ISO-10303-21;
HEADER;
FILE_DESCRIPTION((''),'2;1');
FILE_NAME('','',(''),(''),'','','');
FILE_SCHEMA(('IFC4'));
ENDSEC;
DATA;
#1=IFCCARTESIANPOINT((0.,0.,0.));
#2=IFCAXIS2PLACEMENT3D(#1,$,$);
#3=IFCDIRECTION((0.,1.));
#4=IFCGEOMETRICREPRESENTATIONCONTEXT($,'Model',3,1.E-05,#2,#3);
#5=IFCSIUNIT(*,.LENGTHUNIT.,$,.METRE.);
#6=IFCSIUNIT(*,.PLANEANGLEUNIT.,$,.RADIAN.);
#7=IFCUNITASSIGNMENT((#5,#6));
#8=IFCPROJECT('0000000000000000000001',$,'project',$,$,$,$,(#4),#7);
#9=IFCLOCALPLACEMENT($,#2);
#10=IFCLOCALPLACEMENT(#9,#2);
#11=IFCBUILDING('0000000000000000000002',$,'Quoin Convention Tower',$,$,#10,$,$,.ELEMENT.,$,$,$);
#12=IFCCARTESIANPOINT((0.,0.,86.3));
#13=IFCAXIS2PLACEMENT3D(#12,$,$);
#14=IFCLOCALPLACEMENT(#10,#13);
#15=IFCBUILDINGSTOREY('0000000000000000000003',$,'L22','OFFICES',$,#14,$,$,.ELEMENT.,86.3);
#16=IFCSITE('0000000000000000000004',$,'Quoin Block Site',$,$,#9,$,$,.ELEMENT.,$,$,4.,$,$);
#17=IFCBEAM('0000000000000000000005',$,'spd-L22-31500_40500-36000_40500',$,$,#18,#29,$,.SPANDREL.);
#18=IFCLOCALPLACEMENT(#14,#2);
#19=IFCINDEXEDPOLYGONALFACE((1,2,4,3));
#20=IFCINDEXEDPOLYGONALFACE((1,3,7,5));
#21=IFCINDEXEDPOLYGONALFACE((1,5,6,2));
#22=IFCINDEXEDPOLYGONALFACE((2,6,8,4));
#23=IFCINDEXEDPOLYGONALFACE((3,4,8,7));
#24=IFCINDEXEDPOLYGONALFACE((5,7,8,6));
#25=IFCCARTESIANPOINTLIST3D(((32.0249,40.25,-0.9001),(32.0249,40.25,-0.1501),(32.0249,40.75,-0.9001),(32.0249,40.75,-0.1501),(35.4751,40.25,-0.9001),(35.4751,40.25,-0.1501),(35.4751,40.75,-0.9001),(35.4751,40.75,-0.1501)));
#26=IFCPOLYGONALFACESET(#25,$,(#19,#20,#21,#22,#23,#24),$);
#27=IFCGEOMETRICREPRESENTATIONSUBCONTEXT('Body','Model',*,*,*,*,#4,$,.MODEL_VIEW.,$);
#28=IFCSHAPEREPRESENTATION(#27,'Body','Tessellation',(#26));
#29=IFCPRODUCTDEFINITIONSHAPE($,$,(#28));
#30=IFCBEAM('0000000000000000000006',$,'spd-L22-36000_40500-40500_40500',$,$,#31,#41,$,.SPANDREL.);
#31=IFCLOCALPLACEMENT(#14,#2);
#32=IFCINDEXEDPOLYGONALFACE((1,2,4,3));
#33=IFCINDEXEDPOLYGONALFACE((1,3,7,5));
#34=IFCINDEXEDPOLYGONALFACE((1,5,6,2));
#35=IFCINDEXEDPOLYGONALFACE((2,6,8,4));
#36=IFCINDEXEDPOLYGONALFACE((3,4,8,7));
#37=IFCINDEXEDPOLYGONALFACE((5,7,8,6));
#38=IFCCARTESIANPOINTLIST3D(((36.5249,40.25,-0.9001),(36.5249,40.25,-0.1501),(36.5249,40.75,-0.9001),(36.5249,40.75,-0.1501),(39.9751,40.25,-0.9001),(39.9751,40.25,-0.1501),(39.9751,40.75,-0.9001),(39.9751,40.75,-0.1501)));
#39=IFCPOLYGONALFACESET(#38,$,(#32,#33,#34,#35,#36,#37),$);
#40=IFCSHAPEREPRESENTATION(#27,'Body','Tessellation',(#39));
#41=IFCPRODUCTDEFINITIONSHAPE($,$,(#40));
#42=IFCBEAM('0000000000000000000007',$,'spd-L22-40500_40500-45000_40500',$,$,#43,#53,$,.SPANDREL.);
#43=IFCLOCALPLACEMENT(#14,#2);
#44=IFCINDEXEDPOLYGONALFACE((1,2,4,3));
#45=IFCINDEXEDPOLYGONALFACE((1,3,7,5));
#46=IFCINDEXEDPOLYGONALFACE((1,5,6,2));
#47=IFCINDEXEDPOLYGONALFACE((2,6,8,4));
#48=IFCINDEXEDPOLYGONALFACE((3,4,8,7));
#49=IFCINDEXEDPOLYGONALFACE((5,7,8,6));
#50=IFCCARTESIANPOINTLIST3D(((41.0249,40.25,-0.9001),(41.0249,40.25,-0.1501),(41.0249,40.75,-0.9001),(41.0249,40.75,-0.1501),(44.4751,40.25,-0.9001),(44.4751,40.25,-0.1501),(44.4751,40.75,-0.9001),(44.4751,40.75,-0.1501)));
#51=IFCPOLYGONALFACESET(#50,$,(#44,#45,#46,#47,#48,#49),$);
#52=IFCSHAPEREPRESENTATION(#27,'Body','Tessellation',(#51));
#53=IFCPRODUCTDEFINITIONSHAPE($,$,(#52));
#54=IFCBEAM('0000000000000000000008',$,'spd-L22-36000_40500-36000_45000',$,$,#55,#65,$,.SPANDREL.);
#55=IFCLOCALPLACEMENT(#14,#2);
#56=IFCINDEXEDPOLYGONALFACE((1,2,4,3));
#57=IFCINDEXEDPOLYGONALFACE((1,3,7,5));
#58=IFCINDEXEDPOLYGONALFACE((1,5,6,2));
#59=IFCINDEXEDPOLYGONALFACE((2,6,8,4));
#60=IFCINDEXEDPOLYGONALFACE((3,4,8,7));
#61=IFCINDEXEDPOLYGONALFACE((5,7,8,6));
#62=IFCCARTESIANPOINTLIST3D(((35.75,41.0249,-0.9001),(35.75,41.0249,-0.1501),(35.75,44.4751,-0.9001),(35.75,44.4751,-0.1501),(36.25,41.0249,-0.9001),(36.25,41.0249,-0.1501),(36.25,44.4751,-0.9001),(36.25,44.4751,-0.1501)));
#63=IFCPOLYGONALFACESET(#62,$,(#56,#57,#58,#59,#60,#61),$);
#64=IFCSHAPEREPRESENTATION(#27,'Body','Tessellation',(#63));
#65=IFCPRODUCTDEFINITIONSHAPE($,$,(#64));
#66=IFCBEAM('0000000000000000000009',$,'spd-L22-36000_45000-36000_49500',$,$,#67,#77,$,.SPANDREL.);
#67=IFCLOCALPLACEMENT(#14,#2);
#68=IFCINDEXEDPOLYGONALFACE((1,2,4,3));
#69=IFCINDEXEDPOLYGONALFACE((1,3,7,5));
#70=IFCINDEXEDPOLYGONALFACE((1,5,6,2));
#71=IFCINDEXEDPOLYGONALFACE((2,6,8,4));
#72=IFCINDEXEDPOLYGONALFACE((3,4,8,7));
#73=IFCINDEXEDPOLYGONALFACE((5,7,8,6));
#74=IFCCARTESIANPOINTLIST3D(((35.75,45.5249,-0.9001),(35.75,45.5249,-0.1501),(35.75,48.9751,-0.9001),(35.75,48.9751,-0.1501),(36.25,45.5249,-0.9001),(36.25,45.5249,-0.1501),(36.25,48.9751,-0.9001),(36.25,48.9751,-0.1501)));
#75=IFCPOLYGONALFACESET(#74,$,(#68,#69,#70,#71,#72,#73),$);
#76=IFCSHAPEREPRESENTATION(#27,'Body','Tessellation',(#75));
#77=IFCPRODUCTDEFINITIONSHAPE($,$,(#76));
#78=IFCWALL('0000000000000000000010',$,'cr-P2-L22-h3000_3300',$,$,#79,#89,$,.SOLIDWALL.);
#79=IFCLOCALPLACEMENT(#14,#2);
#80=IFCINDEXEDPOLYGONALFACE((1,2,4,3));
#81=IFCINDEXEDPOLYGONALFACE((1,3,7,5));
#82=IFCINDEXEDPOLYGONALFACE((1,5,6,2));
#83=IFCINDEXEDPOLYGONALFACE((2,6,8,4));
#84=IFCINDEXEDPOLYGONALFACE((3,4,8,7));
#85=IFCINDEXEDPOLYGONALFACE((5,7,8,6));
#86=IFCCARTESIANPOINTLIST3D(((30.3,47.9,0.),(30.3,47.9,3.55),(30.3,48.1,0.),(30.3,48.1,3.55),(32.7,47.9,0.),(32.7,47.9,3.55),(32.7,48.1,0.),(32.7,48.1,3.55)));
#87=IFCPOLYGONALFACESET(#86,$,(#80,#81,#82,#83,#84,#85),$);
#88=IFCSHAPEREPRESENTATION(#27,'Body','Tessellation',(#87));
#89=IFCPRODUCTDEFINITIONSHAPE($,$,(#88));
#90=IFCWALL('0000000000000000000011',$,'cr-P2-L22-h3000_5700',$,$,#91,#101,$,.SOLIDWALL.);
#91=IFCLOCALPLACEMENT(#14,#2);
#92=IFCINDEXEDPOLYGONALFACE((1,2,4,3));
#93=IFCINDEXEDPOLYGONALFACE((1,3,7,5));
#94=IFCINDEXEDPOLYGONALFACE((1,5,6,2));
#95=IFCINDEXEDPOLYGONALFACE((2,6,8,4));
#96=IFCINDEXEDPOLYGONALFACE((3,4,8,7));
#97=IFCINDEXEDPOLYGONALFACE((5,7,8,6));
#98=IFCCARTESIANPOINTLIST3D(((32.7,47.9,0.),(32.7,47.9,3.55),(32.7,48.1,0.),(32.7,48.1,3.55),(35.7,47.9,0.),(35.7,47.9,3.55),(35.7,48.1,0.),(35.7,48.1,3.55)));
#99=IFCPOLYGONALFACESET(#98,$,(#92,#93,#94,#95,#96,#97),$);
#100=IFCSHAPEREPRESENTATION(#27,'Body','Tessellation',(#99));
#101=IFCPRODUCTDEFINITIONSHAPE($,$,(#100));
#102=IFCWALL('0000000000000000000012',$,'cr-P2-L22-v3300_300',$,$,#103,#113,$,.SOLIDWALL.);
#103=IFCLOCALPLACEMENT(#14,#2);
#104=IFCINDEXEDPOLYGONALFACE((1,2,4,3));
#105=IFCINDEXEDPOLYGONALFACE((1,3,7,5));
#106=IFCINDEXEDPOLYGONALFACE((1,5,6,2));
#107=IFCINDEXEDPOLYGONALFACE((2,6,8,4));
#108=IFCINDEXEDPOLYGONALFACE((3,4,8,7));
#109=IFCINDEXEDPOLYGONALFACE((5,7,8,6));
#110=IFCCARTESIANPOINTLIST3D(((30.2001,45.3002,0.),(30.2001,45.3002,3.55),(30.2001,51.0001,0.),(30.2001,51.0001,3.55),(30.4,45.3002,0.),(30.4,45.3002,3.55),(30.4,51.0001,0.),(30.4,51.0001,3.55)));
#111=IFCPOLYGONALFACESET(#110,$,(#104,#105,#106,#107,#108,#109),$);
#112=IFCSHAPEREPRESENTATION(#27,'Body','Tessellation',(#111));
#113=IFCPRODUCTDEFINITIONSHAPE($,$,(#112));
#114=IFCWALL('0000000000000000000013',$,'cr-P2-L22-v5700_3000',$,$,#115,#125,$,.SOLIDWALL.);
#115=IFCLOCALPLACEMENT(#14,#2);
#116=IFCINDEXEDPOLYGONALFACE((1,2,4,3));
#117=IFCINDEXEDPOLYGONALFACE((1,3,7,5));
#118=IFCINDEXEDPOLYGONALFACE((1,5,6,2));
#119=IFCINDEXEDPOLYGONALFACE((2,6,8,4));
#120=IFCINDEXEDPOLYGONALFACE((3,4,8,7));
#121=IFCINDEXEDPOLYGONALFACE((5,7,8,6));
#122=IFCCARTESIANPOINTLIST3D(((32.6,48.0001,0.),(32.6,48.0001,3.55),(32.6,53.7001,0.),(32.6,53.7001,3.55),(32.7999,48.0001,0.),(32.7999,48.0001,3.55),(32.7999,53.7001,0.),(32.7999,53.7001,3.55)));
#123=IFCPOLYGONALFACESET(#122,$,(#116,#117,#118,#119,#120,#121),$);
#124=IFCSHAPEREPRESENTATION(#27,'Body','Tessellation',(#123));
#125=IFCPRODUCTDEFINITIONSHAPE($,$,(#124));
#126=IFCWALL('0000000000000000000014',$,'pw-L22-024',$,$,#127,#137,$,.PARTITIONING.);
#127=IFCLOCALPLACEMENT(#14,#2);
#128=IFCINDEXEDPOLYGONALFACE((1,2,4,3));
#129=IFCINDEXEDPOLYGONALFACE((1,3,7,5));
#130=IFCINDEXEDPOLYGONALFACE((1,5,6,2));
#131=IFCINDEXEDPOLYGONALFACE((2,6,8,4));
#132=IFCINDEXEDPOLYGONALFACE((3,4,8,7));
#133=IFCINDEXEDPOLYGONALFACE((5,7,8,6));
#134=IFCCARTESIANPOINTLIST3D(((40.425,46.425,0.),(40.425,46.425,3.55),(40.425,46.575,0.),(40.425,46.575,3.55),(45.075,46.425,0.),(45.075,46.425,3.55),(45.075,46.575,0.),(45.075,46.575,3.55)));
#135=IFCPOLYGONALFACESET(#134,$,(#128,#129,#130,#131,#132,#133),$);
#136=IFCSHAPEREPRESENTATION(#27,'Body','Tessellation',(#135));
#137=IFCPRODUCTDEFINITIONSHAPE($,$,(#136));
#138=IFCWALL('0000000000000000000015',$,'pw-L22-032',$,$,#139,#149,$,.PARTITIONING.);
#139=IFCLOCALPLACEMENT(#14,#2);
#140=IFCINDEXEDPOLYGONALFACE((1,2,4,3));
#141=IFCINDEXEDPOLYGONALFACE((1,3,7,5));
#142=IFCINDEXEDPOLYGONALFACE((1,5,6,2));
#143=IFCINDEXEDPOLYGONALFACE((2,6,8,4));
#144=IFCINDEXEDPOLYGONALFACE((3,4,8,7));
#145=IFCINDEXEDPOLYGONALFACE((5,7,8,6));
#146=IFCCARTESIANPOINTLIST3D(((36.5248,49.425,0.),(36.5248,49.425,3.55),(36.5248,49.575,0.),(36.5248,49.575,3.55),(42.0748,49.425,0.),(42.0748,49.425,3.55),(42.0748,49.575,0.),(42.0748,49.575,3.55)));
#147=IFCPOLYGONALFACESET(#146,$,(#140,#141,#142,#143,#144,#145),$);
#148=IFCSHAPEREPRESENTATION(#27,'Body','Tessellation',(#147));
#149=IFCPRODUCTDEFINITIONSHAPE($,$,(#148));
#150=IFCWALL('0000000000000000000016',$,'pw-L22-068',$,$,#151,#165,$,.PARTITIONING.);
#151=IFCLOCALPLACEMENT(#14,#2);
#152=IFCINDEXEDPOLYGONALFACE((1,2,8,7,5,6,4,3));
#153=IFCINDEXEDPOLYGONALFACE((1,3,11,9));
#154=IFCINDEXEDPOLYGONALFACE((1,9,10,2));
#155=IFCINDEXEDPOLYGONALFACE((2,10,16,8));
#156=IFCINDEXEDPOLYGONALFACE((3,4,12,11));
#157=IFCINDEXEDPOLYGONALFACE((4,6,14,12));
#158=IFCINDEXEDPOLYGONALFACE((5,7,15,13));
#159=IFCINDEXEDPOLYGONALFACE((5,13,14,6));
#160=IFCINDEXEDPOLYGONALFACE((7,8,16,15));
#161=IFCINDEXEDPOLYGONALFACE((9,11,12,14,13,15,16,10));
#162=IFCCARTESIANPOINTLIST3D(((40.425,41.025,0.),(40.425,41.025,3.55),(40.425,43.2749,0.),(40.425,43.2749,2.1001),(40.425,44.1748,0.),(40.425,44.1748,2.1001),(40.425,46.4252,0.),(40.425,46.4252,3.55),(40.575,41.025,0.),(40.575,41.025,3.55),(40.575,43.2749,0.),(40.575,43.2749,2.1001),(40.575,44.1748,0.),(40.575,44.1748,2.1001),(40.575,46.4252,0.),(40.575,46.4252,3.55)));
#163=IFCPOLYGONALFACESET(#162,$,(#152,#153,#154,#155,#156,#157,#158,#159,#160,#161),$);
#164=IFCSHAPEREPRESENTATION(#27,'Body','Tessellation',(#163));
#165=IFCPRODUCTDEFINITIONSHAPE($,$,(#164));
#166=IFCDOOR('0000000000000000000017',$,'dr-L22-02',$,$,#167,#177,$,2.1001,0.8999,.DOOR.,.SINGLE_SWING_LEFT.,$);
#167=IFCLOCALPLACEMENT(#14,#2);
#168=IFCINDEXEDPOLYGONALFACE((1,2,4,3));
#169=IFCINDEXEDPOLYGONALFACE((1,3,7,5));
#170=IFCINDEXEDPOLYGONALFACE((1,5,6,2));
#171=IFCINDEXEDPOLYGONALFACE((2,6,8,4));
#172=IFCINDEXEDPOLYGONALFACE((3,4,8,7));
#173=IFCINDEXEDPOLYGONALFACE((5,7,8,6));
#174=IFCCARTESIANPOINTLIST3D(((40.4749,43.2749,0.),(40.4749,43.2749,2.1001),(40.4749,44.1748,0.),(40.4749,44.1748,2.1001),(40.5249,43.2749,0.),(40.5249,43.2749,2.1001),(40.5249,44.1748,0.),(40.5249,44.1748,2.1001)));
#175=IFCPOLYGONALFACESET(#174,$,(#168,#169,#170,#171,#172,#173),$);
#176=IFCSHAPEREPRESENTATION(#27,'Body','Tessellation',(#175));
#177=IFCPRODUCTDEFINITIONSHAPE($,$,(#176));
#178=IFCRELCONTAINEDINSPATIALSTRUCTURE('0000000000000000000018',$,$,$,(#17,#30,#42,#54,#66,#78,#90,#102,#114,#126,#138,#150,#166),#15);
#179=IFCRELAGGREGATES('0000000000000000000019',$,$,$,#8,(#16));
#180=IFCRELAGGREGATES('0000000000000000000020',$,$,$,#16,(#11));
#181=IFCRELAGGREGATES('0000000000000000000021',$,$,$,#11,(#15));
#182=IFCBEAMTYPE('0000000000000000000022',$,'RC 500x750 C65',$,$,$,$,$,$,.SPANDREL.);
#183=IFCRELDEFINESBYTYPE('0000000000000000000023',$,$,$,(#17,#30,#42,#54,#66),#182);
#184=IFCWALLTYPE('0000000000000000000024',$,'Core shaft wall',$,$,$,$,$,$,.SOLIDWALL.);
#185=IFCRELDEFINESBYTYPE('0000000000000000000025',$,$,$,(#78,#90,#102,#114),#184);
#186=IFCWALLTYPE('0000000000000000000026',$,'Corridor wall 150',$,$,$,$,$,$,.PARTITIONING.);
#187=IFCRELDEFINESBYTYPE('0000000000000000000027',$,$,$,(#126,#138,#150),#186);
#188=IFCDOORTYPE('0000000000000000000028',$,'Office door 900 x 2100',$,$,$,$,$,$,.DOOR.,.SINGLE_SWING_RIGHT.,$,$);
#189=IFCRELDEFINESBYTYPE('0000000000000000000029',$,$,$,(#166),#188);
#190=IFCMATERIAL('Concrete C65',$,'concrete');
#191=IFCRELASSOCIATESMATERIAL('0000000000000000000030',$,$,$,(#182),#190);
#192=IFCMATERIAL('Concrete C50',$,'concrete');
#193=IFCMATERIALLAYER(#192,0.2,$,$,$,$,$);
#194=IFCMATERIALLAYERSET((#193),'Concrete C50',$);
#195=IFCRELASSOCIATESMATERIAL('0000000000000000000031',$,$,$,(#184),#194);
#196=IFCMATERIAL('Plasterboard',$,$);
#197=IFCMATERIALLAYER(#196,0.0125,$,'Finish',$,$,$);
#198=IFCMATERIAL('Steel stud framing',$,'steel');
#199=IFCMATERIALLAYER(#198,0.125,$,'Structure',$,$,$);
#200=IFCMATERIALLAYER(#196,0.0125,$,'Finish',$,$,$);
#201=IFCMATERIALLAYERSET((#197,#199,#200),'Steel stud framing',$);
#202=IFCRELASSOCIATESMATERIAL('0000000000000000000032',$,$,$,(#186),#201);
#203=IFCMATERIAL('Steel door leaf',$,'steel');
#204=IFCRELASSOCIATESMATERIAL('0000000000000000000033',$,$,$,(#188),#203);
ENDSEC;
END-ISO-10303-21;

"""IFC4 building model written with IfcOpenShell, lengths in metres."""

from ifc_helpers import new_model, si_unit, direction, frame, frame_2d, origin, origin_2d, place, context, subcontext, project, spatial, rectangle, extrude, material, layer, layer_set, material_profile, profile_set, type_object, element, fill, save


model = new_model("IFC4")

# Units and contexts
model_context = context("Model", 3, precision=1e-05, world=origin(), true_north=direction((0.0, 1.0)))
body_context = subcontext(model_context, "Body", "Model", "MODEL_VIEW")
ifc_project = project(units=[si_unit("LENGTHUNIT", "METRE"), si_unit("PLANEANGLEUNIT", "RADIAN")], contexts=[model_context])

# Site, building, storey
site_placement = place(None, origin())
site = spatial("IfcSite", under=ifc_project, at=site_placement, Name="Quoin Block Site", CompositionType="ELEMENT", RefElevation=4.0)
building_placement = place(site_placement, origin())
building = spatial("IfcBuilding", under=site, at=building_placement, Name="Quoin Convention Tower", CompositionType="ELEMENT")
storey_placement = place(building_placement, frame((0.0, 0.0, 86.3)))
storey = spatial("IfcBuildingStorey", under=building, at=storey_placement, Name="L22", Description="OFFICES", CompositionType="ELEMENT", Elevation=86.3)

# Shared definitions
ifc_material_1 = material(Name="Concrete C65", Category="concrete")

# Beams
ifc_material_profile_1 = material_profile(ifc_material_1, rectangle(XDim=0.5, YDim=0.75, at=origin_2d()), Name="RC 500x750")
ifc_profile_set_1 = profile_set([ifc_material_profile_1], Name="Concrete C65")
beam_type_1 = type_object("IfcBeamType", Name="RC 500x750 C65", PredefinedType="SPANDREL", material=ifc_profile_set_1)
for number, where, z_axis, x_axis, name in (
    (1, (32.0249, 40.5, -0.5251), (1.0, 0.0, 0.0), (0.0, 1.0, 0.0), "spd-L22-31500_40500-36000_40500"),
    (2, (36.5249, 40.5, -0.5251), (1.0, 0.0, 0.0), (0.0, 1.0, 0.0), "spd-L22-36000_40500-40500_40500"),
    (3, (41.0249, 40.5, -0.5251), (1.0, 0.0, 0.0), (0.0, 1.0, 0.0), "spd-L22-40500_40500-45000_40500"),
    (4, (36.0, 41.0249, -0.5251), (0.0, 1.0, 0.0), (-1.0, 0.0, 0.0), "spd-L22-36000_40500-36000_45000"),
    (5, (36.0, 45.5249, -0.5251), (0.0, 1.0, 0.0), (-1.0, 0.0, 0.0), "spd-L22-36000_45000-36000_49500"),
):
    element("IfcBeam", number, at=place(storey_placement, frame(where, z_axis=z_axis, x_axis=x_axis)), inside=storey, type_object=beam_type_1, Name=name, PredefinedType="SPANDREL", context=body_context, shape_type="SweptSolid", body=[
        extrude(rectangle(XDim=0.5, YDim=0.75, at=origin_2d()), origin(), (0.0, 0.0, 1.0), 3.4502),
    ])

# Walls
ifc_material_2 = material(Name="Concrete C50", Category="concrete")
ifc_layer_1 = layer(ifc_material_2, 0.2)
ifc_layer_set_1 = layer_set([ifc_layer_1], Name="Concrete C50")
wall_type_1 = type_object("IfcWallType", Name="Core shaft wall", PredefinedType="SOLIDWALL", material=ifc_layer_set_1)
wall_1_placement = place(storey_placement, frame((30.3, 48.0, 0.0), z_axis=(0.0, 0.0, 1.0), x_axis=(1.0, 0.0, 0.0)))
element("IfcWall", 6, at=wall_1_placement, inside=storey, type_object=wall_type_1, Name="cr-P2-L22-h3000_3300", PredefinedType="SOLIDWALL", context=body_context, shape_type="SweptSolid", body=[
    extrude(rectangle(XDim=2.3999, YDim=0.2, at=frame_2d((1.2, 0.0))), origin(), (0.0, 0.0, 1.0), 3.55),
])
wall_2_placement = place(storey_placement, frame((32.7, 48.0, 0.0), z_axis=(0.0, 0.0, 1.0), x_axis=(1.0, 0.0, 0.0)))
element("IfcWall", 7, at=wall_2_placement, inside=storey, type_object=wall_type_1, Name="cr-P2-L22-h3000_5700", PredefinedType="SOLIDWALL", context=body_context, shape_type="SweptSolid", body=[
    extrude(rectangle(XDim=3.0, YDim=0.2, at=frame_2d((1.5, 0.0))), origin(), (0.0, 0.0, 1.0), 3.55),
])
for number, where, z_axis, x_axis, name in (
    (8, (30.3, 45.3, 0.0), (0.0, 0.0, 1.0), (0.0, 1.0, 0.0), "cr-P2-L22-v3300_300"),
    (9, (32.7, 48.0, 0.0), (0.0, 0.0, 1.0), (0.0, 1.0, 0.0), "cr-P2-L22-v5700_3000"),
):
    element("IfcWall", number, at=place(storey_placement, frame(where, z_axis=z_axis, x_axis=x_axis)), inside=storey, type_object=wall_type_1, Name=name, PredefinedType="SOLIDWALL", context=body_context, shape_type="SweptSolid", body=[
        extrude(rectangle(XDim=5.7, YDim=0.2, at=frame_2d((2.8501, 0.0))), origin(), (0.0, 0.0, 1.0), 3.55),
    ])
ifc_material_3 = material(Name="Plasterboard")
ifc_layer_2 = layer(ifc_material_3, 0.0125, Name="Finish")
ifc_material_4 = material(Name="Steel stud framing", Category="steel")
ifc_layer_3 = layer(ifc_material_4, 0.125, Name="Structure")
ifc_layer_4 = layer(ifc_material_3, 0.0125, Name="Finish")
ifc_layer_set_2 = layer_set([ifc_layer_2, ifc_layer_3, ifc_layer_4], Name="Steel stud framing")
wall_type_2 = type_object("IfcWallType", Name="Corridor wall 150", PredefinedType="PARTITIONING", material=ifc_layer_set_2)
wall_3_placement = place(storey_placement, frame((40.425, 46.5, 0.0), z_axis=(0.0, 0.0, 1.0), x_axis=(1.0, 0.0, 0.0)))
element("IfcWall", 10, at=wall_3_placement, inside=storey, type_object=wall_type_2, Name="pw-L22-024", PredefinedType="PARTITIONING", context=body_context, shape_type="SweptSolid", body=[
    extrude(rectangle(XDim=4.6499, YDim=0.1499, at=frame_2d((2.325, 0.0))), origin(), (0.0, 0.0, 1.0), 3.55),
])
wall_4_placement = place(storey_placement, frame((36.5249, 49.5, 0.0), z_axis=(0.0, 0.0, 1.0), x_axis=(1.0, 0.0, 0.0)))
element("IfcWall", 11, at=wall_4_placement, inside=storey, type_object=wall_type_2, Name="pw-L22-032", PredefinedType="PARTITIONING", context=body_context, shape_type="SweptSolid", body=[
    extrude(rectangle(XDim=5.55, YDim=0.1499, at=frame_2d((2.7749, 0.0))), origin(), (0.0, 0.0, 1.0), 3.55),
])

# Wall, opening, door
wall_5_placement = place(storey_placement, frame((40.5, 41.0249, 0.0), z_axis=(0.0, 0.0, 1.0), x_axis=(0.0, 1.0, 0.0)))
wall_5 = element("IfcWall", 12, at=wall_5_placement, inside=storey, type_object=wall_type_2, Name="pw-L22-068", PredefinedType="PARTITIONING", context=body_context, shape_type="SweptSolid", body=[
    extrude(rectangle(XDim=5.4001, YDim=0.1499, at=frame_2d((2.7002, 0.0))), origin(), (0.0, 0.0, 1.0), 3.55),
])
opening_1_placement = place(wall_5_placement, frame((2.25, 0.0, 0.0)))
opening_1 = element("IfcOpeningElement", 13, at=opening_1_placement, cuts=wall_5, PredefinedType="OPENING", context=body_context, shape_type="SweptSolid", body=[
    extrude(rectangle(XDim=0.8999, YDim=2.1001, at=frame_2d((0.45, 1.05))), frame((0.0, 0.085, 0.0), z_axis=(0.0, -1.0, 0.0), x_axis=(1.0, 0.0, 0.0)), (0.0, 0.0, 1.0), 0.1699),
])
ifc_material_5 = material(Name="Steel door leaf", Category="steel")
door_type = type_object("IfcDoorType", Name="Office door 900 x 2100", OperationType="SINGLE_SWING_RIGHT", PredefinedType="DOOR", material=ifc_material_5)
door_1_placement = place(opening_1_placement, frame((0.8999, 0.0, 0.0), z_axis=(0.0, 0.0, 1.0), x_axis=(-1.0, 0.0, 0.0)))
door_1 = element("IfcDoor", 14, at=door_1_placement, inside=storey, type_object=door_type, Name="dr-L22-02", OperationType="SINGLE_SWING_LEFT", OverallHeight=2.1001, OverallWidth=0.8999, PredefinedType="DOOR", context=body_context, shape_type="SweptSolid", body=[
    extrude(rectangle(XDim=0.8999, YDim=2.1001, at=frame_2d((0.45, 1.05))), frame((0.0, 0.0249, 0.0), z_axis=(0.0, -1.0, 0.0), x_axis=(1.0, 0.0, 0.0)), (0.0, 0.0, 1.0), 0.05),
])
fill(opening_1, door_1)

save(model, "model.ifc")
